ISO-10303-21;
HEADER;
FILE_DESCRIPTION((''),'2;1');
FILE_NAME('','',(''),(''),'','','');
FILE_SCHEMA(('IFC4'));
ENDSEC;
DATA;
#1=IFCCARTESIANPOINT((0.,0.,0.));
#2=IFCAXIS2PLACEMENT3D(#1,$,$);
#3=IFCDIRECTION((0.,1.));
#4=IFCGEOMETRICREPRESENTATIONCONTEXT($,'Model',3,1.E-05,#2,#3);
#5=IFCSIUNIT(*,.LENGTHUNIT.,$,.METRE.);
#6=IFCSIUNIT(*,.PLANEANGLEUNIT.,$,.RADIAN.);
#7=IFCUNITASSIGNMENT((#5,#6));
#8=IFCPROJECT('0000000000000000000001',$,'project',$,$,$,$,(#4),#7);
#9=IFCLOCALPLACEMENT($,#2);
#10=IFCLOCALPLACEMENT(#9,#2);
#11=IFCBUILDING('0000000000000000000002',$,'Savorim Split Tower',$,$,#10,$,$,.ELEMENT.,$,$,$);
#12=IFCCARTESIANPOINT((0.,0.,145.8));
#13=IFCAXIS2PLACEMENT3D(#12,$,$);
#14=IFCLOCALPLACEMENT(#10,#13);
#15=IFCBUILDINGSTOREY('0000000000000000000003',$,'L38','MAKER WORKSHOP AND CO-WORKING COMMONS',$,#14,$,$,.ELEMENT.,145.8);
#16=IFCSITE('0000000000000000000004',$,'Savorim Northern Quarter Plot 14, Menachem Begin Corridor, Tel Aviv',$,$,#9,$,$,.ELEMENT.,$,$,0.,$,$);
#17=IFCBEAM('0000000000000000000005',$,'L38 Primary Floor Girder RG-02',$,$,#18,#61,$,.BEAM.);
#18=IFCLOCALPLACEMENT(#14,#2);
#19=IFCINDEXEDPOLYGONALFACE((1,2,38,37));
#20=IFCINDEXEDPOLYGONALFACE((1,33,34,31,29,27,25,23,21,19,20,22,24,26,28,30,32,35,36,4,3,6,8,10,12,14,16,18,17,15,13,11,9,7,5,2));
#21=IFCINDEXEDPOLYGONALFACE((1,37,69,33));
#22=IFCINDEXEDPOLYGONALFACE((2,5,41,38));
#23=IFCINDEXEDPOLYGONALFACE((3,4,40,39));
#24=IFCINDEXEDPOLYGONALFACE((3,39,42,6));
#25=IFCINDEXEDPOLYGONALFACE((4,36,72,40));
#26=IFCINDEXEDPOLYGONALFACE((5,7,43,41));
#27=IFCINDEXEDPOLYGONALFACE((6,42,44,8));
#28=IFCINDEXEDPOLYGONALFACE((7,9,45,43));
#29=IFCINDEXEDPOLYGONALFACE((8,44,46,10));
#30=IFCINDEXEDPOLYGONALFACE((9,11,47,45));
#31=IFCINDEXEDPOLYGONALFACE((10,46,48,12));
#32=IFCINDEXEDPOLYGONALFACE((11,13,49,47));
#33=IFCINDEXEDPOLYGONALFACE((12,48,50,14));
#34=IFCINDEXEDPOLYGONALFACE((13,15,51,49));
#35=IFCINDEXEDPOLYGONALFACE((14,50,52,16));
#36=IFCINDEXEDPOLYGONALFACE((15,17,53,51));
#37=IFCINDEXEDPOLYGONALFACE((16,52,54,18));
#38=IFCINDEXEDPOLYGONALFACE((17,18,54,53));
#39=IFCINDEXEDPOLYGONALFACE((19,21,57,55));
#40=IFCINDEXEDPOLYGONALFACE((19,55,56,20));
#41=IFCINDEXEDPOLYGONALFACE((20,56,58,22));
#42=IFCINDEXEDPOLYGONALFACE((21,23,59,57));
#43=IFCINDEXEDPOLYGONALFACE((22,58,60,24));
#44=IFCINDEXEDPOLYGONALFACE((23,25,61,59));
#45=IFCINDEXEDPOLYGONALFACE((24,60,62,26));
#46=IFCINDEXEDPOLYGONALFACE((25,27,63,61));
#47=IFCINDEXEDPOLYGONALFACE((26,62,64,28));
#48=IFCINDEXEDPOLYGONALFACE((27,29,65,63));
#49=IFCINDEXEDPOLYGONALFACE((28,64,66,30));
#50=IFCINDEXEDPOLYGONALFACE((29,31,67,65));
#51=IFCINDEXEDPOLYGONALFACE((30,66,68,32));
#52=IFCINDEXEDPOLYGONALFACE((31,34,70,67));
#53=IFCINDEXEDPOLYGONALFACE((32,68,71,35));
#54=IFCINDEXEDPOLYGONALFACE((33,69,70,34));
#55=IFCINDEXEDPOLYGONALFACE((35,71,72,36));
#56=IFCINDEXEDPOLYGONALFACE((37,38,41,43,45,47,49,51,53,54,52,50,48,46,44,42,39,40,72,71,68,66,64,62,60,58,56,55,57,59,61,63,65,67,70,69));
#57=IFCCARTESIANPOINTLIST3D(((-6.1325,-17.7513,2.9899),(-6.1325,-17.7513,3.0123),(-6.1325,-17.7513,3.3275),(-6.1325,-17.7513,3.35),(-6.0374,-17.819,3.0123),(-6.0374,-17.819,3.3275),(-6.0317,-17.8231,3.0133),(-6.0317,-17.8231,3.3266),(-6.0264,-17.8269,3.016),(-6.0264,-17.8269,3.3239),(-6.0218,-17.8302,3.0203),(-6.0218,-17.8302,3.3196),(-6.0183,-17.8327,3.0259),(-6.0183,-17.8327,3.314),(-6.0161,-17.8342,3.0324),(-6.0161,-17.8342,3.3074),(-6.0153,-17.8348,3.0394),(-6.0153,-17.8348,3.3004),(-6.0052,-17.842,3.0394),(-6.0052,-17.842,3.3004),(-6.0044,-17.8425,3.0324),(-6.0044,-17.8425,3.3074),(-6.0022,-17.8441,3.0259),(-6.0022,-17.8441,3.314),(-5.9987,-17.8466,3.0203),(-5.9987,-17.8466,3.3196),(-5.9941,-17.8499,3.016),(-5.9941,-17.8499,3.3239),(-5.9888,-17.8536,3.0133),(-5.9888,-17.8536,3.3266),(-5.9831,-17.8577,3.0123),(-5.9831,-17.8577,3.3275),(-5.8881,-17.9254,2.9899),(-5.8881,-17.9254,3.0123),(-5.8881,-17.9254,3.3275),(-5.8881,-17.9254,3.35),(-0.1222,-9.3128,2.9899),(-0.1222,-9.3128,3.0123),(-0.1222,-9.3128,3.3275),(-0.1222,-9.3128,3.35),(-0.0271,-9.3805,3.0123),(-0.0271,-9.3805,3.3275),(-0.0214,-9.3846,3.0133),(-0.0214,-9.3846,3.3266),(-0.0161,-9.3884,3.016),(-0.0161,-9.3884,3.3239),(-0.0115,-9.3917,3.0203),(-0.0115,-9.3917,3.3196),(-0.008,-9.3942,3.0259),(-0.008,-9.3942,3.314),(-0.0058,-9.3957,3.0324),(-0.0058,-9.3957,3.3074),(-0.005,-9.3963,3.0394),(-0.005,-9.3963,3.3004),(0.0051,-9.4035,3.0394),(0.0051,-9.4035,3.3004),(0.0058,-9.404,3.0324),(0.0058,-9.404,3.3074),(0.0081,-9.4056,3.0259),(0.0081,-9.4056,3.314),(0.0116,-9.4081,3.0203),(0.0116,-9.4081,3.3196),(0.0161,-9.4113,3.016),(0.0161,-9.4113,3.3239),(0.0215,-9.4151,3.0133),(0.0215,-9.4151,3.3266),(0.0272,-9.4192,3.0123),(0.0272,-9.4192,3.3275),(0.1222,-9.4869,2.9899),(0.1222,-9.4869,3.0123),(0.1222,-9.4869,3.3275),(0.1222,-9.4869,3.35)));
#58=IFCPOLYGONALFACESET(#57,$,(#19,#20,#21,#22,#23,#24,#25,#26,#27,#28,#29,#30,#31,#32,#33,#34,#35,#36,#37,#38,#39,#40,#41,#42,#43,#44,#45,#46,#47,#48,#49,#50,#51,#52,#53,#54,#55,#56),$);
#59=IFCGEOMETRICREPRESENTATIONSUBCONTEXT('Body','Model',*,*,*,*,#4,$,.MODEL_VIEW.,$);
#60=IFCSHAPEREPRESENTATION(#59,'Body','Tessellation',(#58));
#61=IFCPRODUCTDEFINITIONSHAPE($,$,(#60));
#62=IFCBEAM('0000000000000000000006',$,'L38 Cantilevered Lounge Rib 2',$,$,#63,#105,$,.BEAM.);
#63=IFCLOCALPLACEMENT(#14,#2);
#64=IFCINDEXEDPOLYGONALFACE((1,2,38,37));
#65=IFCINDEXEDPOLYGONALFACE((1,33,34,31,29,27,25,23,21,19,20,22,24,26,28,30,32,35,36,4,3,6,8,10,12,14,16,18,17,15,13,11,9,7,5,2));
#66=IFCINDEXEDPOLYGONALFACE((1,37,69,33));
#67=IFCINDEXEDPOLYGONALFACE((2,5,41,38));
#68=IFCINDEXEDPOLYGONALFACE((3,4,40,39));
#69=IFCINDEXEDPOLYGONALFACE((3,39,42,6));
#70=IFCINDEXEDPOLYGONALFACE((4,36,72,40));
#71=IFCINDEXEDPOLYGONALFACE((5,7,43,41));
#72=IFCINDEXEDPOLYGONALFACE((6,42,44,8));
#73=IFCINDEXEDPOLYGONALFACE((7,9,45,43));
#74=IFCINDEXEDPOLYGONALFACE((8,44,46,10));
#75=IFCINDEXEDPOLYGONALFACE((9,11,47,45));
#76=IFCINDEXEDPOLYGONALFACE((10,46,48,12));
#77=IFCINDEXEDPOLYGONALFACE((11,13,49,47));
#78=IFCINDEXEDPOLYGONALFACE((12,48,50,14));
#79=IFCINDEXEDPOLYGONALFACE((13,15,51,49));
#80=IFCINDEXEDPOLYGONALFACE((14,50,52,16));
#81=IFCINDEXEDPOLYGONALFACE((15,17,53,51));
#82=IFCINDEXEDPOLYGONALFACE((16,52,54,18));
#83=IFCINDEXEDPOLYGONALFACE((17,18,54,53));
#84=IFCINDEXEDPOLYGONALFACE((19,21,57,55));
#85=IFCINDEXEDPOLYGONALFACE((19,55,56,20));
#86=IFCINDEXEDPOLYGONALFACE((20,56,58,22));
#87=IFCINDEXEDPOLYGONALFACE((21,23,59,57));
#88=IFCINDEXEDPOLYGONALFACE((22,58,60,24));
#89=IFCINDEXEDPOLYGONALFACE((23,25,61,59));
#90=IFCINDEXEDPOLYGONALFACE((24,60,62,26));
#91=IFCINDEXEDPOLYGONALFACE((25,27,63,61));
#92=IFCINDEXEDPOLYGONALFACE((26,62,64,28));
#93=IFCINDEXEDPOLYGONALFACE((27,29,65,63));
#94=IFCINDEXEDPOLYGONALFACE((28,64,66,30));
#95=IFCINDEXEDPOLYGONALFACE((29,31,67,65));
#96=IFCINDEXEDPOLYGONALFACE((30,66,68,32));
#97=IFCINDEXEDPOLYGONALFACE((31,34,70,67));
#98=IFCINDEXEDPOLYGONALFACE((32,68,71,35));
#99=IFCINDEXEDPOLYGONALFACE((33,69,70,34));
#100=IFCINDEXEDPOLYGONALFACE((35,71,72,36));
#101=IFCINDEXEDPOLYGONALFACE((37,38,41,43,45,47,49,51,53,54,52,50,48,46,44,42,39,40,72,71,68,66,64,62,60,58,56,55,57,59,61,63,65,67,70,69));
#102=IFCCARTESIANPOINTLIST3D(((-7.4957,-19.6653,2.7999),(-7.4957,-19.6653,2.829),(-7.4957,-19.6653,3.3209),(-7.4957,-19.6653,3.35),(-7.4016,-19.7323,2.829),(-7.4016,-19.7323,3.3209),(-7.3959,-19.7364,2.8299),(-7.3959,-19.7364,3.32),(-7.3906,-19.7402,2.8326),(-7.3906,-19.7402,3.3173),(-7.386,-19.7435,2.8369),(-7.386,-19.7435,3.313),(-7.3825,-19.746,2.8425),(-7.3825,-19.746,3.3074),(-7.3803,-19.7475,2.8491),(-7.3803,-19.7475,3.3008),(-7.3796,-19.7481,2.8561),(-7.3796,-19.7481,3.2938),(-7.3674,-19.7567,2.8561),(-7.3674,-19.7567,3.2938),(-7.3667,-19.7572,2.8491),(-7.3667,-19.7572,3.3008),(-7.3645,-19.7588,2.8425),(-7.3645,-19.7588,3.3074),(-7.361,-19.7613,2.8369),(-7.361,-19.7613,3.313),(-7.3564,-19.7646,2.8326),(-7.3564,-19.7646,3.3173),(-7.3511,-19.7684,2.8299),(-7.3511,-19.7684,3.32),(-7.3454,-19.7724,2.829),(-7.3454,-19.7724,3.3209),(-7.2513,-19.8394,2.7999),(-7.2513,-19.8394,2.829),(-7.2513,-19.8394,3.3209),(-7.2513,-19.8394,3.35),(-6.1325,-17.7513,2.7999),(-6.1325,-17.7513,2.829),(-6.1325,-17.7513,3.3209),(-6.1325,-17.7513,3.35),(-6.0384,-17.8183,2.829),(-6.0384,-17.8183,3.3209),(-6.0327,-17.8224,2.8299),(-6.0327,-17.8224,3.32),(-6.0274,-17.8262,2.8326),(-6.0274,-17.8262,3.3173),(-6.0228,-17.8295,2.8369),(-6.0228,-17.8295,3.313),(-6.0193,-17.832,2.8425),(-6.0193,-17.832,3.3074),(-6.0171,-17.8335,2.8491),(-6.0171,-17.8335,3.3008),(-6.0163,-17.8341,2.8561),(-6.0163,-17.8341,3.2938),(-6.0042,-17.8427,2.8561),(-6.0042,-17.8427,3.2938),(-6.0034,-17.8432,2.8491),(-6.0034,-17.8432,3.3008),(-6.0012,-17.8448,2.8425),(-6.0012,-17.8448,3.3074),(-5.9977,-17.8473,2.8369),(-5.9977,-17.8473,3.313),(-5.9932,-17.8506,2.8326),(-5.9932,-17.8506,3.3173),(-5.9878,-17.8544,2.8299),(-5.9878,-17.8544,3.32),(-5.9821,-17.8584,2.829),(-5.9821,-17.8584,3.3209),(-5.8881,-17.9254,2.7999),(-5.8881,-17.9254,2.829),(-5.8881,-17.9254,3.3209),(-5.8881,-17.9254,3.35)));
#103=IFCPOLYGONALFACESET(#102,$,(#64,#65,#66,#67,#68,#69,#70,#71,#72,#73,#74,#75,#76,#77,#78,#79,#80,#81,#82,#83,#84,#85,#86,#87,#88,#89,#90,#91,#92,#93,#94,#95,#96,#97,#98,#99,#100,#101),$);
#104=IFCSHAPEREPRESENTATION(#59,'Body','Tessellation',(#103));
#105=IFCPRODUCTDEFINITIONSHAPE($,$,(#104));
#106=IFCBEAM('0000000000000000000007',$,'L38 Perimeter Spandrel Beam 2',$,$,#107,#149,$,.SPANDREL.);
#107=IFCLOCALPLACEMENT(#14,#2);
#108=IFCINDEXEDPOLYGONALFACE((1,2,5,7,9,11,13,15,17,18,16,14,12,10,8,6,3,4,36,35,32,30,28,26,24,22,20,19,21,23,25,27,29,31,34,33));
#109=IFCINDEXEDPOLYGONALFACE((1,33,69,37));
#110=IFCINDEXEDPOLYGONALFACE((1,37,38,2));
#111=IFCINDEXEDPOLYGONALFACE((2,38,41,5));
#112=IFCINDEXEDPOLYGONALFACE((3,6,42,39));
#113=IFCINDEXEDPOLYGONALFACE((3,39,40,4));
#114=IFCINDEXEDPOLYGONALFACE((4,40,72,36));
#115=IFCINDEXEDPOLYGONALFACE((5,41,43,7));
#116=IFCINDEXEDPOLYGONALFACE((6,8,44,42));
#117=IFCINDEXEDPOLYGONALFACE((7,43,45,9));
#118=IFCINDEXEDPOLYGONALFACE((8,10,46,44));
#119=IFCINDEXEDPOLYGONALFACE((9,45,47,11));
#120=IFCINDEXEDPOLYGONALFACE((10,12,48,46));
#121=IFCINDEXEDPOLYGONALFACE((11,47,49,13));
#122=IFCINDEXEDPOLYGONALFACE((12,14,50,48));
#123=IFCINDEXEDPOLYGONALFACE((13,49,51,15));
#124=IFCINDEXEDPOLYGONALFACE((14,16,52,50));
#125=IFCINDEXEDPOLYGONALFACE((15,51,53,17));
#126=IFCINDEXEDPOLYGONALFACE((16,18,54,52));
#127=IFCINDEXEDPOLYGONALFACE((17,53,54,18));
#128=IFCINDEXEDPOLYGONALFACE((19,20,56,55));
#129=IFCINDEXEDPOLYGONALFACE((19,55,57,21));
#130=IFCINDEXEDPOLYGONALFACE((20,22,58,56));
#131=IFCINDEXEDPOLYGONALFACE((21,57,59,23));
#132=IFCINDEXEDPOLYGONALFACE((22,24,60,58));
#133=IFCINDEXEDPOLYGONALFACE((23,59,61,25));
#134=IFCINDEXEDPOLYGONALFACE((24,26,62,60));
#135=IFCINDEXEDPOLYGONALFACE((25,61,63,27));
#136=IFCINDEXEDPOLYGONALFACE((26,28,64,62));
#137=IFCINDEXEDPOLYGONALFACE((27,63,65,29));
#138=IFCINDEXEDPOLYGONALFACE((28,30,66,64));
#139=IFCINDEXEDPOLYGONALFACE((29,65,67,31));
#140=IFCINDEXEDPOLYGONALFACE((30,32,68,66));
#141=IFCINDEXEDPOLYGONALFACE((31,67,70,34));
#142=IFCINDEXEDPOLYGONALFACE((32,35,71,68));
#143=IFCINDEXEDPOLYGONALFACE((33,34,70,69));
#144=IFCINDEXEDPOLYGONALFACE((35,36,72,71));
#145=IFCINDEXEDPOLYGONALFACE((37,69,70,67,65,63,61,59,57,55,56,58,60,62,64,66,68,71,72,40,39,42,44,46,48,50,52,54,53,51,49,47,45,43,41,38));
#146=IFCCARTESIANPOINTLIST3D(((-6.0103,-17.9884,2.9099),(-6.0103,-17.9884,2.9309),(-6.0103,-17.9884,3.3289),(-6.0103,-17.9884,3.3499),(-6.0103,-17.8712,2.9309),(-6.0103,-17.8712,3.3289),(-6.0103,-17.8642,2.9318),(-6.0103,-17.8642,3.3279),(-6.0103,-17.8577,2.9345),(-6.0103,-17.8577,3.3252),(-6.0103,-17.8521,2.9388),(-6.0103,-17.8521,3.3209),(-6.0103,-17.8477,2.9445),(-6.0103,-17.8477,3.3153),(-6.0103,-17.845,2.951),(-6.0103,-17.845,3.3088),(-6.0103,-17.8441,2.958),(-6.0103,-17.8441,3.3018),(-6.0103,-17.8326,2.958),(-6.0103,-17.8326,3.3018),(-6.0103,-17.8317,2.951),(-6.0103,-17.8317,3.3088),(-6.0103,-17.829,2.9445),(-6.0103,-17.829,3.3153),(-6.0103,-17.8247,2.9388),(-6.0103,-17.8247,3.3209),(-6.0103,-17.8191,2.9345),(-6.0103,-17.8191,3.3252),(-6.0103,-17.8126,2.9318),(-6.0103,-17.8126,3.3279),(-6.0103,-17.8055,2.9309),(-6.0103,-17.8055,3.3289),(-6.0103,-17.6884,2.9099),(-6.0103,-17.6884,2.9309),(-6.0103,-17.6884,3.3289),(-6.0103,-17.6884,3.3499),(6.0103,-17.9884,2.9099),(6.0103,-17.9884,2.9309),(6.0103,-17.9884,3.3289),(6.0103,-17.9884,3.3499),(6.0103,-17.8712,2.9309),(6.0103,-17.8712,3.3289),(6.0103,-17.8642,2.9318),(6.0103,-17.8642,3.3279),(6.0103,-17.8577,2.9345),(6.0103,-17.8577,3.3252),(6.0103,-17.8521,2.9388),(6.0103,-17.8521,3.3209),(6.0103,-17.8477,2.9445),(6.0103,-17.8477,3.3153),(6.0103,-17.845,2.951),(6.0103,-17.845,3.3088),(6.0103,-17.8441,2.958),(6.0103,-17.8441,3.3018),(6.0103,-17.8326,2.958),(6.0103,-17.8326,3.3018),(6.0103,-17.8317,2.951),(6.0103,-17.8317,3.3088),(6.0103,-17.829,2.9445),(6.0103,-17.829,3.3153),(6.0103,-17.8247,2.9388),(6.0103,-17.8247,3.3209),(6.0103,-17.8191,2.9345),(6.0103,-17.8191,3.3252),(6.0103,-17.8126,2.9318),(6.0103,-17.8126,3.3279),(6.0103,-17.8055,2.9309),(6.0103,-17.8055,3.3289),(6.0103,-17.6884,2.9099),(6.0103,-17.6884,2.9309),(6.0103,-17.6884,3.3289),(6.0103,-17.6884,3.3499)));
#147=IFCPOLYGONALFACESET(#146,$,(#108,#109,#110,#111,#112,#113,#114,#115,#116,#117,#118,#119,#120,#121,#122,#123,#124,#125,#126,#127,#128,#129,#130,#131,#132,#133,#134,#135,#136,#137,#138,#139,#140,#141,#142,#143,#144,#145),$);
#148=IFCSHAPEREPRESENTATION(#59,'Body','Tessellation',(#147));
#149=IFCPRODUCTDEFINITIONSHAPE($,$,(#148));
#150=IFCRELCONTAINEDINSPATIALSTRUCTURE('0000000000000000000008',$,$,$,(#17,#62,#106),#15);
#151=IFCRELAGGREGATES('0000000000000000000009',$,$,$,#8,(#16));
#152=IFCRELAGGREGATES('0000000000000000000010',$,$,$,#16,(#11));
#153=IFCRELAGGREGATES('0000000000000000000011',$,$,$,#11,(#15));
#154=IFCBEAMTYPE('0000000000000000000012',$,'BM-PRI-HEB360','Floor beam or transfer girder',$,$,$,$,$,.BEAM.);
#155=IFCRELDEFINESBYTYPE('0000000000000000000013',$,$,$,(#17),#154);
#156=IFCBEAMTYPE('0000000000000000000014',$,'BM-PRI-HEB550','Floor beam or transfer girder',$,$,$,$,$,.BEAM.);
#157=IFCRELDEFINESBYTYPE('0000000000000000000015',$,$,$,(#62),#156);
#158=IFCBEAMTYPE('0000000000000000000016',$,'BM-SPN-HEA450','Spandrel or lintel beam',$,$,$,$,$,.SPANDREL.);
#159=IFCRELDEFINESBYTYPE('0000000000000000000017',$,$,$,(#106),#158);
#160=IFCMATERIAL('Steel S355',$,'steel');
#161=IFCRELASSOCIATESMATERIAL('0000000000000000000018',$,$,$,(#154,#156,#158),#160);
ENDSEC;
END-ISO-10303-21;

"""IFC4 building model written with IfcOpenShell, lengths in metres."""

from ifc_helpers import new_model, si_unit, direction, frame, origin, origin_2d, place, context, subcontext, project, spatial, i_section, extrude, material, material_profile, profile_set, type_object, element, save


model = new_model("IFC4")

# Units and contexts
model_context = context("Model", 3, precision=1e-05, world=origin(), true_north=direction((0.0, 1.0)))
body_context = subcontext(model_context, "Body", "Model", "MODEL_VIEW")
ifc_project = project(units=[si_unit("LENGTHUNIT", "METRE"), si_unit("PLANEANGLEUNIT", "RADIAN")], contexts=[model_context])

# Site, building, storey
site_placement = place(None, origin())
site = spatial("IfcSite", under=ifc_project, at=site_placement, Name="Savorim Northern Quarter Plot 14, Menachem Begin Corridor, Tel Aviv", CompositionType="ELEMENT", RefElevation=0.0)
building_placement = place(site_placement, origin())
building = spatial("IfcBuilding", under=site, at=building_placement, Name="Savorim Split Tower", CompositionType="ELEMENT")
storey_placement = place(building_placement, frame((0.0, 0.0, 145.8)))
storey = spatial("IfcBuildingStorey", under=building, at=storey_placement, Name="L38", Description="MAKER WORKSHOP AND CO-WORKING COMMONS", CompositionType="ELEMENT", Elevation=145.8)

# Beams
ifc_material_1 = material(Name="Steel S355", Category="steel")
ifc_material_profile_1 = material_profile(ifc_material_1, i_section(OverallWidth=0.3, OverallDepth=0.3601, WebThickness=0.0125, FlangeThickness=0.0225, FilletRadius=0.0271, at=origin_2d()), Name="HEB 360")
ifc_profile_set_1 = profile_set([ifc_material_profile_1], Name="Steel S355")
beam_type_1 = type_object("IfcBeamType", Name="BM-PRI-HEB360", Description="Floor beam or transfer girder", PredefinedType="BEAM", material=ifc_profile_set_1)
beam_1_placement = place(storey_placement, frame((-6.0103, -17.8384, 3.1699), z_axis=(0.580136, 0.814519, 0.0), x_axis=(-0.814519, 0.580136, 0.0)))
element("IfcBeam", 1, at=beam_1_placement, inside=storey, type_object=beam_type_1, Name="L38 Primary Floor Girder RG-02", PredefinedType="BEAM", context=body_context, shape_type="SweptSolid", body=[
    extrude(i_section(OverallWidth=0.3, OverallDepth=0.3601, WebThickness=0.0125, FlangeThickness=0.0225, FilletRadius=0.0271, at=origin_2d()), origin(), (0.0, 0.0, 1.0), 10.3601),
])
ifc_material_profile_2 = material_profile(ifc_material_1, i_section(OverallWidth=0.3, OverallDepth=0.55, WebThickness=0.0149, FlangeThickness=0.0291, FilletRadius=0.0271, at=origin_2d()), Name="HEB 550")
ifc_profile_set_2 = profile_set([ifc_material_profile_2], Name="Steel S355")
beam_type_2 = type_object("IfcBeamType", Name="BM-PRI-HEB550", Description="Floor beam or transfer girder", PredefinedType="BEAM", material=ifc_profile_set_2)
beam_2_placement = place(storey_placement, frame((-6.0103, -17.8384, 3.075), z_axis=(-0.580137, -0.814519, 0.0), x_axis=(0.814519, -0.580137, 0.0)))
element("IfcBeam", 2, at=beam_2_placement, inside=storey, type_object=beam_type_2, Name="L38 Cantilevered Lounge Rib 2", PredefinedType="BEAM", context=body_context, shape_type="SweptSolid", body=[
    extrude(i_section(OverallWidth=0.3, OverallDepth=0.55, WebThickness=0.0149, FlangeThickness=0.0291, FilletRadius=0.0271, at=origin_2d()), origin(), (0.0, 0.0, 1.0), 2.3499),
])
ifc_material_profile_3 = material_profile(ifc_material_1, i_section(OverallWidth=0.3, OverallDepth=0.4399, WebThickness=0.0115, FlangeThickness=0.021, FilletRadius=0.0271, at=origin_2d()), Name="HEA 450")
ifc_profile_set_3 = profile_set([ifc_material_profile_3], Name="Steel S355")
beam_type_3 = type_object("IfcBeamType", Name="BM-SPN-HEA450", Description="Spandrel or lintel beam", PredefinedType="SPANDREL", material=ifc_profile_set_3)
beam_3_placement = place(storey_placement, frame((-6.0103, -17.8384, 3.1299), z_axis=(1.0, 0.0, 0.0), x_axis=(0.0, 1.0, 0.0)))
element("IfcBeam", 3, at=beam_3_placement, inside=storey, type_object=beam_type_3, Name="L38 Perimeter Spandrel Beam 2", PredefinedType="SPANDREL", context=body_context, shape_type="SweptSolid", body=[
    extrude(i_section(OverallWidth=0.3, OverallDepth=0.4399, WebThickness=0.0115, FlangeThickness=0.021, FilletRadius=0.0271, at=origin_2d()), origin(), (0.0, 0.0, 1.0), 12.0205),
])

save(model, "model.ifc")
